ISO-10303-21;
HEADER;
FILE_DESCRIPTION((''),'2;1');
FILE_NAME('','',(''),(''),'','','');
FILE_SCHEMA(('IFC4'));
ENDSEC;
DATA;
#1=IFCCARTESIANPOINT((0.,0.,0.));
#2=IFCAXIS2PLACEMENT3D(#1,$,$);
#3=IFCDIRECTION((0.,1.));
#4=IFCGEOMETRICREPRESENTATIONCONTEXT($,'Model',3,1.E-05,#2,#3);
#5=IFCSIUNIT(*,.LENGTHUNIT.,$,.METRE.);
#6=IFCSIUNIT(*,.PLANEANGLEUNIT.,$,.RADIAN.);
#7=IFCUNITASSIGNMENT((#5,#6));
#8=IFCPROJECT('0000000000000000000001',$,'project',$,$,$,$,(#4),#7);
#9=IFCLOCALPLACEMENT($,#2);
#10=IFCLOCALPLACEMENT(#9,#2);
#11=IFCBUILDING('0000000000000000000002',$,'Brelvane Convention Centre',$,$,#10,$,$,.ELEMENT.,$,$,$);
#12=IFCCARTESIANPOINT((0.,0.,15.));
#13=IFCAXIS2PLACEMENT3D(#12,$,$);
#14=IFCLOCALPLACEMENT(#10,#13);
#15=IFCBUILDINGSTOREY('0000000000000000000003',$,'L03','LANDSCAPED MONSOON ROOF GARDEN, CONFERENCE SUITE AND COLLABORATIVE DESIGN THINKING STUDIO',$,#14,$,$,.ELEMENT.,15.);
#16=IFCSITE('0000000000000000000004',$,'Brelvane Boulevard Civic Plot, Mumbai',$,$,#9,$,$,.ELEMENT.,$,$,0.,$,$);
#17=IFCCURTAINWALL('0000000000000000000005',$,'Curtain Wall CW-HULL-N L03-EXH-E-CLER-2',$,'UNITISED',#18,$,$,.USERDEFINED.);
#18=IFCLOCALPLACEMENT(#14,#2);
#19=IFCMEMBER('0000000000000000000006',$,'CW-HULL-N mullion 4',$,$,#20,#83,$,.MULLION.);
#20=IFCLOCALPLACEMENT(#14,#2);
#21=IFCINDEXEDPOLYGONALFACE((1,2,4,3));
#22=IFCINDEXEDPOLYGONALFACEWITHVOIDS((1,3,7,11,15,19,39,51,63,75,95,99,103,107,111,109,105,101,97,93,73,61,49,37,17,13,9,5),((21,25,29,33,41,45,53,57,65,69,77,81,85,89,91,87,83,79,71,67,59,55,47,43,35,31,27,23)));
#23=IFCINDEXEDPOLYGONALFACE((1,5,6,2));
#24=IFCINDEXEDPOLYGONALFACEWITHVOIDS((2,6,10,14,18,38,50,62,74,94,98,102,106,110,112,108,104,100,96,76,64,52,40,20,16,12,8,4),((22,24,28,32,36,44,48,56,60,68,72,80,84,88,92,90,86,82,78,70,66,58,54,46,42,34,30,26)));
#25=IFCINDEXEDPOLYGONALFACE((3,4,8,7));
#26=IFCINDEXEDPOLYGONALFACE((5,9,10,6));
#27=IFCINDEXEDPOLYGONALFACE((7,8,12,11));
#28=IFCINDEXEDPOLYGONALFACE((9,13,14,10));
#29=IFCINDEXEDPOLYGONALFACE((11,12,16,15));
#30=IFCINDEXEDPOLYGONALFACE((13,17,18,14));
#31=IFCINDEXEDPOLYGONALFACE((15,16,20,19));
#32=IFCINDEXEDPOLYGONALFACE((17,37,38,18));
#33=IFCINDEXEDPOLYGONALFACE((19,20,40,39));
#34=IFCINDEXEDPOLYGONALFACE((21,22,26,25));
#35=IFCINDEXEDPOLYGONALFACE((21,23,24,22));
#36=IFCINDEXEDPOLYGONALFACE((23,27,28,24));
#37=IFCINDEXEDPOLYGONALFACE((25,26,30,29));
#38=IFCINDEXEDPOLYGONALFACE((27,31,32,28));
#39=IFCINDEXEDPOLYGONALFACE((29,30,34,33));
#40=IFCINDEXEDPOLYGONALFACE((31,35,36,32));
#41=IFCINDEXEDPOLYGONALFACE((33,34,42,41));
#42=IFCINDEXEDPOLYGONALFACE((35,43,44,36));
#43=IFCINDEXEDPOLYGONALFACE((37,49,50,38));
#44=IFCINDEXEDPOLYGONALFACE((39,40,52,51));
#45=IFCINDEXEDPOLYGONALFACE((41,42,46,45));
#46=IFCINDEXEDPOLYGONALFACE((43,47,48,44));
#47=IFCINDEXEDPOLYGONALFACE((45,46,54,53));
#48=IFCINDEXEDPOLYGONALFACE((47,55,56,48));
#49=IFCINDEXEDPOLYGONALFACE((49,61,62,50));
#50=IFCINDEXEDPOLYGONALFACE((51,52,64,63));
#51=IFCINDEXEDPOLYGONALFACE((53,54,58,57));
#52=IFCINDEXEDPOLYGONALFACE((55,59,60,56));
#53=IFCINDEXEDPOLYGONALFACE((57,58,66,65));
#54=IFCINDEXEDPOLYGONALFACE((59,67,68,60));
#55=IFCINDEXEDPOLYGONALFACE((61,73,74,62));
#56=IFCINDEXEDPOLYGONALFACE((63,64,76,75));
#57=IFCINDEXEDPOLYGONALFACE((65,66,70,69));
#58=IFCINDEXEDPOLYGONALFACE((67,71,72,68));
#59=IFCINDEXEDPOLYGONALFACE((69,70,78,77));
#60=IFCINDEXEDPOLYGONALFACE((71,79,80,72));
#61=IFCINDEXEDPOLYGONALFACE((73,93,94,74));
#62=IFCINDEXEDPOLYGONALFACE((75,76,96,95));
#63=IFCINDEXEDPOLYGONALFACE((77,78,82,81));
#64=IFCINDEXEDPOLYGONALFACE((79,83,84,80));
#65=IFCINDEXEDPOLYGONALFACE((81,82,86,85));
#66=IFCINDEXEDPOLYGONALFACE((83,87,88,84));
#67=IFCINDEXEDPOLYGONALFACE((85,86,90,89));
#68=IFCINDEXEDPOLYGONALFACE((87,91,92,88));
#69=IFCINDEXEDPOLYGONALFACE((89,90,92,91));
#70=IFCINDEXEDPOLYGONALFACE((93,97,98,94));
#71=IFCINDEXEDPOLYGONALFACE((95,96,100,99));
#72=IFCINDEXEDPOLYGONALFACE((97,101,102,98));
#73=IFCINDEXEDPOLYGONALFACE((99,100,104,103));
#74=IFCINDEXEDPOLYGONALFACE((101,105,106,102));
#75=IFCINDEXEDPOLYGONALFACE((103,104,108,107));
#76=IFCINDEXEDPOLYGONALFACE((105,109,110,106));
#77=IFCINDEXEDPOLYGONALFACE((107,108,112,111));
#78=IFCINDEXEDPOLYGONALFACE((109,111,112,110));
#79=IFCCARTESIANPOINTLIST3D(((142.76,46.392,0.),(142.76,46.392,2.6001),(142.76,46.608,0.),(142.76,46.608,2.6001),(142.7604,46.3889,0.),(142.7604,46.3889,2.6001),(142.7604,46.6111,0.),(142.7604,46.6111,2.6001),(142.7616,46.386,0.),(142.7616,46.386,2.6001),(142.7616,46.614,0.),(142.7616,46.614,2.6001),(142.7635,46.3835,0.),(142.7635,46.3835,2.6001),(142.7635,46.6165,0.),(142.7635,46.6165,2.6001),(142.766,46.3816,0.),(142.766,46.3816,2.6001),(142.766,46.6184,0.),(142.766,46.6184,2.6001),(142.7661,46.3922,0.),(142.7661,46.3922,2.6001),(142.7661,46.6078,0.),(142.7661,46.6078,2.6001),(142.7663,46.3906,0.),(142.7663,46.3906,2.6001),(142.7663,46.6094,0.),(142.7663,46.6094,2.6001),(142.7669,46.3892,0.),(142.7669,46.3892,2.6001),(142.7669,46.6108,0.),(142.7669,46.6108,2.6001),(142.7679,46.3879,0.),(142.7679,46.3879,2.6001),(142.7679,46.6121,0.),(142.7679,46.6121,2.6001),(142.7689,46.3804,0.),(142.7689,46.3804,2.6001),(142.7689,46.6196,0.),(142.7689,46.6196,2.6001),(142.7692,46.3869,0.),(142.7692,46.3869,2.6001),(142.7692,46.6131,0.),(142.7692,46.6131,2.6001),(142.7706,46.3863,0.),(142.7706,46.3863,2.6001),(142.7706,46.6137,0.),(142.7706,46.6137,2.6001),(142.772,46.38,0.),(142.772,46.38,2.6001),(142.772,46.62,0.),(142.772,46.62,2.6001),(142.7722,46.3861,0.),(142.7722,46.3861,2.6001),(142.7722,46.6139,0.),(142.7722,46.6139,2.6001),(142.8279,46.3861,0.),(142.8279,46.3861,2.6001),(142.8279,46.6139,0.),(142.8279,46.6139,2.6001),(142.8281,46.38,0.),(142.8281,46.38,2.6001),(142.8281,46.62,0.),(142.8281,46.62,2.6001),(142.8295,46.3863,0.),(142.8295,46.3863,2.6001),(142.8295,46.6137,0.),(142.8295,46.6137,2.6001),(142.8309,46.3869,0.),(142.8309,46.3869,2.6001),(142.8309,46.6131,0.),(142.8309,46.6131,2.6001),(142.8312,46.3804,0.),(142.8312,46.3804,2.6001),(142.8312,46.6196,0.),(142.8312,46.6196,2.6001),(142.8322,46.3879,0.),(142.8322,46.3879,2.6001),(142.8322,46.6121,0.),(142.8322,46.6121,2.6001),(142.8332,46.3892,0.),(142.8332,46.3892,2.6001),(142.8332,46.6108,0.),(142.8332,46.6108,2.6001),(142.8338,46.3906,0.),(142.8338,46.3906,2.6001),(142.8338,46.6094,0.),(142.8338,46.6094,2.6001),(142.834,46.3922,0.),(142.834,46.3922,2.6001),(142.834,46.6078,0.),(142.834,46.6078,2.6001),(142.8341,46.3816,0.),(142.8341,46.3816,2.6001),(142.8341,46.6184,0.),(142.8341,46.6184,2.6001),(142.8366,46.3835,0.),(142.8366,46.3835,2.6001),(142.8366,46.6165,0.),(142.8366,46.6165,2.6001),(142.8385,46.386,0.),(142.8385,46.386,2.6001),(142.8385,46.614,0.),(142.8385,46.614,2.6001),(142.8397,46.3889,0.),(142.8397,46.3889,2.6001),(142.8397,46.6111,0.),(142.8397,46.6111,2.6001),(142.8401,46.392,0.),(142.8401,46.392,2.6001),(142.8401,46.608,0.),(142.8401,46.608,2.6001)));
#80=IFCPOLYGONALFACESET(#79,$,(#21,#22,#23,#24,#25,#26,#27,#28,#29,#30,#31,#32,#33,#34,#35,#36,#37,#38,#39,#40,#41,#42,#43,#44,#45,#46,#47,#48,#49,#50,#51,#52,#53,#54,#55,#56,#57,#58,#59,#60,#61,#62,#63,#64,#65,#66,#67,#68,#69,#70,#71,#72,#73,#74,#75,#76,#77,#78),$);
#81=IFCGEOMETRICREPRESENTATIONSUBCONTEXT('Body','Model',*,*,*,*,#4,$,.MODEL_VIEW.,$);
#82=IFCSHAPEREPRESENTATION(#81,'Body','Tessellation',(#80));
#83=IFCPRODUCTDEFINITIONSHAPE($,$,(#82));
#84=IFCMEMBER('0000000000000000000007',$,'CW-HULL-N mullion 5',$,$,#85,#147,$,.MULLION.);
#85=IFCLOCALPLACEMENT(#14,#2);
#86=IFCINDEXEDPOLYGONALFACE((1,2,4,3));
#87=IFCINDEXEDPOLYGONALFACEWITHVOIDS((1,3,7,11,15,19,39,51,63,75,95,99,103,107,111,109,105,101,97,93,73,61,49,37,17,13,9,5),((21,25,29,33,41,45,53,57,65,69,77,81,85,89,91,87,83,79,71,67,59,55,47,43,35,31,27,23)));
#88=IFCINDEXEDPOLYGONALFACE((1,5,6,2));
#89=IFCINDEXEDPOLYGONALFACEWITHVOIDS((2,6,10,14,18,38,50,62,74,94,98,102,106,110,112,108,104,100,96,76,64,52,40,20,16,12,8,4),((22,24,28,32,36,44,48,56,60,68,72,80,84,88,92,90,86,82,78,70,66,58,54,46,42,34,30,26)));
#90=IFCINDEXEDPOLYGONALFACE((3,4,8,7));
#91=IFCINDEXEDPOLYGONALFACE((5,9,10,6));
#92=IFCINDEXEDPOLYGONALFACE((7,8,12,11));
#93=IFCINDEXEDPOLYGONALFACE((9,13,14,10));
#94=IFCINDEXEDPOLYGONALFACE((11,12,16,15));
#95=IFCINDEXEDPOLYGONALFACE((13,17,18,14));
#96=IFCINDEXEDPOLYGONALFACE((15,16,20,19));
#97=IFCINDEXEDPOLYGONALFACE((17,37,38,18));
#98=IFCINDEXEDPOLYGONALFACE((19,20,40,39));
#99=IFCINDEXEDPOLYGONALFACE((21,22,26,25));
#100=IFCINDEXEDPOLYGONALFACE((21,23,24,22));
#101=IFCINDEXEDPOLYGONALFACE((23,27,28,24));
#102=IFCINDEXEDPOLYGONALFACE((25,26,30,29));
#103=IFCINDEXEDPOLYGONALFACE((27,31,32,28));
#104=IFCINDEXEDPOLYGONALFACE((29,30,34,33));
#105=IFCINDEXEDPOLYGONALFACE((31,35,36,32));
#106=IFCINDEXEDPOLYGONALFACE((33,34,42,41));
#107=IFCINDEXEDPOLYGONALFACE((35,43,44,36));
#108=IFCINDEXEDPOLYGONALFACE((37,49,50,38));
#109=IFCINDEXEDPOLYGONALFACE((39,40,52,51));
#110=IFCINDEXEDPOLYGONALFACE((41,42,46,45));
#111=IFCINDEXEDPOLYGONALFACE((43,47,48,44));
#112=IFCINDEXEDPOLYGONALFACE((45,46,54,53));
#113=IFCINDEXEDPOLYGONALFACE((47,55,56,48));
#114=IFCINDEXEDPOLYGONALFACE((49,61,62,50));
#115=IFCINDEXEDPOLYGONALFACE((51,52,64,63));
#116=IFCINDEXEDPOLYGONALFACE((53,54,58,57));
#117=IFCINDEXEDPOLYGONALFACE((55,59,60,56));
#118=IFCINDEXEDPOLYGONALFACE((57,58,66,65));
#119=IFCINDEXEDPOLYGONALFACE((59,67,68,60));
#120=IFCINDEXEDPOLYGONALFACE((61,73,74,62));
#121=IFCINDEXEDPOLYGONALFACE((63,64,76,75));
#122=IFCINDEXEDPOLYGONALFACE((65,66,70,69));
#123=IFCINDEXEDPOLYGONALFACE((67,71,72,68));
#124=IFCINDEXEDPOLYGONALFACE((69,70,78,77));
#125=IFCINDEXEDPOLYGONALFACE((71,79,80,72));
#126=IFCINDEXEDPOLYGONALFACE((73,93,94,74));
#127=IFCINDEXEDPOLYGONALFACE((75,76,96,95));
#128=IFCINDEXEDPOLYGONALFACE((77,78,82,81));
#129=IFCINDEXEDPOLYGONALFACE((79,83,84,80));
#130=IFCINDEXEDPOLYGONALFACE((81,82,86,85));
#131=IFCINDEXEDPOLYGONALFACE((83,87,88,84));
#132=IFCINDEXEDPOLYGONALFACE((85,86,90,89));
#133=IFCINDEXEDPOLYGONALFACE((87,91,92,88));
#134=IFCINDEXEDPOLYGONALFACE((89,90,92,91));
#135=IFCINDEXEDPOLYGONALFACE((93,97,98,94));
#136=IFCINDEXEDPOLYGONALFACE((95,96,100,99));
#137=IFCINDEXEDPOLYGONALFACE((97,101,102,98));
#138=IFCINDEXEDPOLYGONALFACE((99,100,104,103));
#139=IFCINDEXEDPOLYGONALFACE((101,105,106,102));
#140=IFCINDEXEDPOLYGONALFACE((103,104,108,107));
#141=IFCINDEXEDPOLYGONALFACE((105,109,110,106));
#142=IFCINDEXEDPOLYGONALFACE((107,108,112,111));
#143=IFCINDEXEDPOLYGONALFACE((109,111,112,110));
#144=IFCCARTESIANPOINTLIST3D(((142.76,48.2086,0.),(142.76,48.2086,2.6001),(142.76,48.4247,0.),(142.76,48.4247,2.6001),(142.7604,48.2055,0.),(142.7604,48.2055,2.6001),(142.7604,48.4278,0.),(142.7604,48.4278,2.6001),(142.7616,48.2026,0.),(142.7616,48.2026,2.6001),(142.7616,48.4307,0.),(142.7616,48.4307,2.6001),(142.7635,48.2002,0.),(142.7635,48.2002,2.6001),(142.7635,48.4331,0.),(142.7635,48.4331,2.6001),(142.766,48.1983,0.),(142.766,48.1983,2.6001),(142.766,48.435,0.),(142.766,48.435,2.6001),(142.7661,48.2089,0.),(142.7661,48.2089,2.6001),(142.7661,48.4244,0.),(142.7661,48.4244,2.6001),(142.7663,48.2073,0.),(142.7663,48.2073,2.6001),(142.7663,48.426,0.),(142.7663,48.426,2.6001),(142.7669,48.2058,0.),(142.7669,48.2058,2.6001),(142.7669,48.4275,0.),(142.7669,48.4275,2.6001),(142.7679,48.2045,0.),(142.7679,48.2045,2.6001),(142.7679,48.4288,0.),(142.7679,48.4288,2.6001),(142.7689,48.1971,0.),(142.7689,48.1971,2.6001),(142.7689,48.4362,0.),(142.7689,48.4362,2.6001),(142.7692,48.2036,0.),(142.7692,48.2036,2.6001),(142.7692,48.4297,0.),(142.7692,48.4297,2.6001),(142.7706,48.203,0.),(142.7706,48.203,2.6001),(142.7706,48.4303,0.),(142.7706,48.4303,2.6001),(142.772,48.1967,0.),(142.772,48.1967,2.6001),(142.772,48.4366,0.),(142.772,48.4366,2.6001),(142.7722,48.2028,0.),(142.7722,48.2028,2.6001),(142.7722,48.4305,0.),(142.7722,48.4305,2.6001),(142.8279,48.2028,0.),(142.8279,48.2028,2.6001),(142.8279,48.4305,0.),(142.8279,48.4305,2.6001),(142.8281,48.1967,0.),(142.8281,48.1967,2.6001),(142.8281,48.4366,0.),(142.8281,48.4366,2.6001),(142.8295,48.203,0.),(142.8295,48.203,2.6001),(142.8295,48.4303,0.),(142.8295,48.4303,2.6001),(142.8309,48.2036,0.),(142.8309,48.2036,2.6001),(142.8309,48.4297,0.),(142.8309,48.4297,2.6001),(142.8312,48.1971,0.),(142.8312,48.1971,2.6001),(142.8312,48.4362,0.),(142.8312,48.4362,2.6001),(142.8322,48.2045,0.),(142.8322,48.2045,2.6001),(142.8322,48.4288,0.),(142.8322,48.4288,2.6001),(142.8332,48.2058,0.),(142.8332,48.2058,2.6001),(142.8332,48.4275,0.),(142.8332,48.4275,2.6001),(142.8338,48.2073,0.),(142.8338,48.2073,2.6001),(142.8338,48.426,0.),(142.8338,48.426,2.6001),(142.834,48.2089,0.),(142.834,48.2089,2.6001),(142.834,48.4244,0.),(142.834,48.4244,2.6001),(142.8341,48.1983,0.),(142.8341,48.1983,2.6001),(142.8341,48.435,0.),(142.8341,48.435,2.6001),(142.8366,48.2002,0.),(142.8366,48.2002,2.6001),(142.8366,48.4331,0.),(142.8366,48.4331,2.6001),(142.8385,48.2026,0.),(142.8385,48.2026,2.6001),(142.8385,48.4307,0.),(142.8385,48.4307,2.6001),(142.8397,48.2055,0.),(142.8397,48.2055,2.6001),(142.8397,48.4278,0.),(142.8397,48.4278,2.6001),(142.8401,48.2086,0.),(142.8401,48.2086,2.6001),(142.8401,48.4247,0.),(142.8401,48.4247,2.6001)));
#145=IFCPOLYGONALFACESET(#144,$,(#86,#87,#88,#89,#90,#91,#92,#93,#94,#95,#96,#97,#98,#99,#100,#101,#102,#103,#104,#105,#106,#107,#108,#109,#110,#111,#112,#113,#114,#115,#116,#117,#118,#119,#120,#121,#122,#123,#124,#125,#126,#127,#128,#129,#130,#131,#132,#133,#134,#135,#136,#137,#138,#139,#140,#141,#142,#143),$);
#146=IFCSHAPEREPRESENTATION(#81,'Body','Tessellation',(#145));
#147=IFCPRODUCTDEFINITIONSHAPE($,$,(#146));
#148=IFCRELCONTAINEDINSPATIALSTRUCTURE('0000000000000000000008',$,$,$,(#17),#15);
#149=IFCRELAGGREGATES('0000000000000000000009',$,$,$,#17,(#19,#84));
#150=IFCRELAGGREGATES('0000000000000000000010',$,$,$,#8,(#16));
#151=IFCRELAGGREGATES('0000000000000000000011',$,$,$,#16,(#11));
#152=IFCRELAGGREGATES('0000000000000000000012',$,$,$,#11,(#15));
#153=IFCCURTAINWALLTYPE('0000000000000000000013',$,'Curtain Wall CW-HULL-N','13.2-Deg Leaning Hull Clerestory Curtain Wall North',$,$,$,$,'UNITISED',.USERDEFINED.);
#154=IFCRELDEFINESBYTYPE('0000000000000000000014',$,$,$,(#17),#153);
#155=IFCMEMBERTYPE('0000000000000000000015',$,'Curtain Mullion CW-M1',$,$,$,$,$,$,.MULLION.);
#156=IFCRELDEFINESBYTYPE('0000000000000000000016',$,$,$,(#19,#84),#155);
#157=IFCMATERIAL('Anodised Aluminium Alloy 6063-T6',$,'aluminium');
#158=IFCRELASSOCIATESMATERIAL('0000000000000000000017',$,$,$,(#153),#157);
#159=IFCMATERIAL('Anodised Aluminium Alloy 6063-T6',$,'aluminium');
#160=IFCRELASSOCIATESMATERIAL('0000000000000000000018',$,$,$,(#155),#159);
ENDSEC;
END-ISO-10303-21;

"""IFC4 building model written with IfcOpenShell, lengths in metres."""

from ifc_helpers import new_model, si_unit, direction, frame, origin, origin_2d, place, context, subcontext, project, spatial, hollow_rectangle, extrude, material, material_profile, profile_set, type_object, element, aggregate, save


model = new_model("IFC4")

# Units and contexts
model_context = context("Model", 3, precision=1e-05, world=origin(), true_north=direction((0.0, 1.0)))
body_context = subcontext(model_context, "Body", "Model", "MODEL_VIEW")
ifc_project = project(units=[si_unit("LENGTHUNIT", "METRE"), si_unit("PLANEANGLEUNIT", "RADIAN")], contexts=[model_context])

# Site, building, storey
site_placement = place(None, origin())
site = spatial("IfcSite", under=ifc_project, at=site_placement, Name="Brelvane Boulevard Civic Plot, Mumbai", CompositionType="ELEMENT", RefElevation=0.0)
building_placement = place(site_placement, origin())
building = spatial("IfcBuilding", under=site, at=building_placement, Name="Brelvane Convention Centre", CompositionType="ELEMENT")
storey_placement = place(building_placement, frame((0.0, 0.0, 15.0)))
storey = spatial("IfcBuildingStorey", under=building, at=storey_placement, Name="L03", Description="LANDSCAPED MONSOON ROOF GARDEN, CONFERENCE SUITE AND COLLABORATIVE DESIGN THINKING STUDIO", CompositionType="ELEMENT", Elevation=15.0)

# Curtain wall, members
ifc_material_1 = material(Name="Anodised Aluminium Alloy 6063-T6", Category="aluminium")
curtain_wall_type = type_object("IfcCurtainWallType", Name="Curtain Wall CW-HULL-N", Description="13.2-Deg Leaning Hull Clerestory Curtain Wall North", ElementType="UNITISED", PredefinedType="USERDEFINED", material=ifc_material_1)
curtain_wall_placement = place(storey_placement, origin())
curtain_wall = element("IfcCurtainWall", 1, at=curtain_wall_placement, inside=storey, type_object=curtain_wall_type, Name="Curtain Wall CW-HULL-N L03-EXH-E-CLER-2", ObjectType="UNITISED", PredefinedType="USERDEFINED")
ifc_material_2 = material(Name="Anodised Aluminium Alloy 6063-T6", Category="aluminium")
ifc_material_profile_1 = material_profile(ifc_material_2, hollow_rectangle(XDim=0.0801, YDim=0.24, WallThickness=0.0061, InnerFilletRadius=0.0061, OuterFilletRadius=0.012, at=origin_2d()), Name="ALU-M 240x80x6.0")
ifc_profile_set_1 = profile_set([ifc_material_profile_1], Name="Anodised Aluminium Alloy 6063-T6")
member_type_1 = type_object("IfcMemberType", Name="Curtain Mullion CW-M1", PredefinedType="MULLION", material=ifc_profile_set_1)
member_1_placement = place(storey_placement, frame((142.8, 46.5, 0.0), z_axis=(0.0, 0.0, 1.0), x_axis=(-1.0, 0.0, 0.0)))
member_1 = element("IfcMember", 2, at=member_1_placement, type_object=member_type_1, Name="CW-HULL-N mullion 4", PredefinedType="MULLION", context=body_context, shape_type="SweptSolid", body=[
    extrude(hollow_rectangle(XDim=0.0801, YDim=0.24, WallThickness=0.0061, InnerFilletRadius=0.0061, OuterFilletRadius=0.012, at=origin_2d()), origin(), (0.0, 0.0, 1.0), 2.6001),
])
member_2_placement = place(storey_placement, frame((142.8, 48.3167, 0.0), z_axis=(0.0, 0.0, 1.0), x_axis=(-1.0, 0.0, 0.0)))
member_2 = element("IfcMember", 3, at=member_2_placement, type_object=member_type_1, Name="CW-HULL-N mullion 5", PredefinedType="MULLION", context=body_context, shape_type="SweptSolid", body=[
    extrude(hollow_rectangle(XDim=0.0801, YDim=0.24, WallThickness=0.0061, InnerFilletRadius=0.0061, OuterFilletRadius=0.012, at=origin_2d()), origin(), (0.0, 0.0, 1.0), 2.6001),
])
aggregate(curtain_wall, [member_1, member_2])

save(model, "model.ifc")
